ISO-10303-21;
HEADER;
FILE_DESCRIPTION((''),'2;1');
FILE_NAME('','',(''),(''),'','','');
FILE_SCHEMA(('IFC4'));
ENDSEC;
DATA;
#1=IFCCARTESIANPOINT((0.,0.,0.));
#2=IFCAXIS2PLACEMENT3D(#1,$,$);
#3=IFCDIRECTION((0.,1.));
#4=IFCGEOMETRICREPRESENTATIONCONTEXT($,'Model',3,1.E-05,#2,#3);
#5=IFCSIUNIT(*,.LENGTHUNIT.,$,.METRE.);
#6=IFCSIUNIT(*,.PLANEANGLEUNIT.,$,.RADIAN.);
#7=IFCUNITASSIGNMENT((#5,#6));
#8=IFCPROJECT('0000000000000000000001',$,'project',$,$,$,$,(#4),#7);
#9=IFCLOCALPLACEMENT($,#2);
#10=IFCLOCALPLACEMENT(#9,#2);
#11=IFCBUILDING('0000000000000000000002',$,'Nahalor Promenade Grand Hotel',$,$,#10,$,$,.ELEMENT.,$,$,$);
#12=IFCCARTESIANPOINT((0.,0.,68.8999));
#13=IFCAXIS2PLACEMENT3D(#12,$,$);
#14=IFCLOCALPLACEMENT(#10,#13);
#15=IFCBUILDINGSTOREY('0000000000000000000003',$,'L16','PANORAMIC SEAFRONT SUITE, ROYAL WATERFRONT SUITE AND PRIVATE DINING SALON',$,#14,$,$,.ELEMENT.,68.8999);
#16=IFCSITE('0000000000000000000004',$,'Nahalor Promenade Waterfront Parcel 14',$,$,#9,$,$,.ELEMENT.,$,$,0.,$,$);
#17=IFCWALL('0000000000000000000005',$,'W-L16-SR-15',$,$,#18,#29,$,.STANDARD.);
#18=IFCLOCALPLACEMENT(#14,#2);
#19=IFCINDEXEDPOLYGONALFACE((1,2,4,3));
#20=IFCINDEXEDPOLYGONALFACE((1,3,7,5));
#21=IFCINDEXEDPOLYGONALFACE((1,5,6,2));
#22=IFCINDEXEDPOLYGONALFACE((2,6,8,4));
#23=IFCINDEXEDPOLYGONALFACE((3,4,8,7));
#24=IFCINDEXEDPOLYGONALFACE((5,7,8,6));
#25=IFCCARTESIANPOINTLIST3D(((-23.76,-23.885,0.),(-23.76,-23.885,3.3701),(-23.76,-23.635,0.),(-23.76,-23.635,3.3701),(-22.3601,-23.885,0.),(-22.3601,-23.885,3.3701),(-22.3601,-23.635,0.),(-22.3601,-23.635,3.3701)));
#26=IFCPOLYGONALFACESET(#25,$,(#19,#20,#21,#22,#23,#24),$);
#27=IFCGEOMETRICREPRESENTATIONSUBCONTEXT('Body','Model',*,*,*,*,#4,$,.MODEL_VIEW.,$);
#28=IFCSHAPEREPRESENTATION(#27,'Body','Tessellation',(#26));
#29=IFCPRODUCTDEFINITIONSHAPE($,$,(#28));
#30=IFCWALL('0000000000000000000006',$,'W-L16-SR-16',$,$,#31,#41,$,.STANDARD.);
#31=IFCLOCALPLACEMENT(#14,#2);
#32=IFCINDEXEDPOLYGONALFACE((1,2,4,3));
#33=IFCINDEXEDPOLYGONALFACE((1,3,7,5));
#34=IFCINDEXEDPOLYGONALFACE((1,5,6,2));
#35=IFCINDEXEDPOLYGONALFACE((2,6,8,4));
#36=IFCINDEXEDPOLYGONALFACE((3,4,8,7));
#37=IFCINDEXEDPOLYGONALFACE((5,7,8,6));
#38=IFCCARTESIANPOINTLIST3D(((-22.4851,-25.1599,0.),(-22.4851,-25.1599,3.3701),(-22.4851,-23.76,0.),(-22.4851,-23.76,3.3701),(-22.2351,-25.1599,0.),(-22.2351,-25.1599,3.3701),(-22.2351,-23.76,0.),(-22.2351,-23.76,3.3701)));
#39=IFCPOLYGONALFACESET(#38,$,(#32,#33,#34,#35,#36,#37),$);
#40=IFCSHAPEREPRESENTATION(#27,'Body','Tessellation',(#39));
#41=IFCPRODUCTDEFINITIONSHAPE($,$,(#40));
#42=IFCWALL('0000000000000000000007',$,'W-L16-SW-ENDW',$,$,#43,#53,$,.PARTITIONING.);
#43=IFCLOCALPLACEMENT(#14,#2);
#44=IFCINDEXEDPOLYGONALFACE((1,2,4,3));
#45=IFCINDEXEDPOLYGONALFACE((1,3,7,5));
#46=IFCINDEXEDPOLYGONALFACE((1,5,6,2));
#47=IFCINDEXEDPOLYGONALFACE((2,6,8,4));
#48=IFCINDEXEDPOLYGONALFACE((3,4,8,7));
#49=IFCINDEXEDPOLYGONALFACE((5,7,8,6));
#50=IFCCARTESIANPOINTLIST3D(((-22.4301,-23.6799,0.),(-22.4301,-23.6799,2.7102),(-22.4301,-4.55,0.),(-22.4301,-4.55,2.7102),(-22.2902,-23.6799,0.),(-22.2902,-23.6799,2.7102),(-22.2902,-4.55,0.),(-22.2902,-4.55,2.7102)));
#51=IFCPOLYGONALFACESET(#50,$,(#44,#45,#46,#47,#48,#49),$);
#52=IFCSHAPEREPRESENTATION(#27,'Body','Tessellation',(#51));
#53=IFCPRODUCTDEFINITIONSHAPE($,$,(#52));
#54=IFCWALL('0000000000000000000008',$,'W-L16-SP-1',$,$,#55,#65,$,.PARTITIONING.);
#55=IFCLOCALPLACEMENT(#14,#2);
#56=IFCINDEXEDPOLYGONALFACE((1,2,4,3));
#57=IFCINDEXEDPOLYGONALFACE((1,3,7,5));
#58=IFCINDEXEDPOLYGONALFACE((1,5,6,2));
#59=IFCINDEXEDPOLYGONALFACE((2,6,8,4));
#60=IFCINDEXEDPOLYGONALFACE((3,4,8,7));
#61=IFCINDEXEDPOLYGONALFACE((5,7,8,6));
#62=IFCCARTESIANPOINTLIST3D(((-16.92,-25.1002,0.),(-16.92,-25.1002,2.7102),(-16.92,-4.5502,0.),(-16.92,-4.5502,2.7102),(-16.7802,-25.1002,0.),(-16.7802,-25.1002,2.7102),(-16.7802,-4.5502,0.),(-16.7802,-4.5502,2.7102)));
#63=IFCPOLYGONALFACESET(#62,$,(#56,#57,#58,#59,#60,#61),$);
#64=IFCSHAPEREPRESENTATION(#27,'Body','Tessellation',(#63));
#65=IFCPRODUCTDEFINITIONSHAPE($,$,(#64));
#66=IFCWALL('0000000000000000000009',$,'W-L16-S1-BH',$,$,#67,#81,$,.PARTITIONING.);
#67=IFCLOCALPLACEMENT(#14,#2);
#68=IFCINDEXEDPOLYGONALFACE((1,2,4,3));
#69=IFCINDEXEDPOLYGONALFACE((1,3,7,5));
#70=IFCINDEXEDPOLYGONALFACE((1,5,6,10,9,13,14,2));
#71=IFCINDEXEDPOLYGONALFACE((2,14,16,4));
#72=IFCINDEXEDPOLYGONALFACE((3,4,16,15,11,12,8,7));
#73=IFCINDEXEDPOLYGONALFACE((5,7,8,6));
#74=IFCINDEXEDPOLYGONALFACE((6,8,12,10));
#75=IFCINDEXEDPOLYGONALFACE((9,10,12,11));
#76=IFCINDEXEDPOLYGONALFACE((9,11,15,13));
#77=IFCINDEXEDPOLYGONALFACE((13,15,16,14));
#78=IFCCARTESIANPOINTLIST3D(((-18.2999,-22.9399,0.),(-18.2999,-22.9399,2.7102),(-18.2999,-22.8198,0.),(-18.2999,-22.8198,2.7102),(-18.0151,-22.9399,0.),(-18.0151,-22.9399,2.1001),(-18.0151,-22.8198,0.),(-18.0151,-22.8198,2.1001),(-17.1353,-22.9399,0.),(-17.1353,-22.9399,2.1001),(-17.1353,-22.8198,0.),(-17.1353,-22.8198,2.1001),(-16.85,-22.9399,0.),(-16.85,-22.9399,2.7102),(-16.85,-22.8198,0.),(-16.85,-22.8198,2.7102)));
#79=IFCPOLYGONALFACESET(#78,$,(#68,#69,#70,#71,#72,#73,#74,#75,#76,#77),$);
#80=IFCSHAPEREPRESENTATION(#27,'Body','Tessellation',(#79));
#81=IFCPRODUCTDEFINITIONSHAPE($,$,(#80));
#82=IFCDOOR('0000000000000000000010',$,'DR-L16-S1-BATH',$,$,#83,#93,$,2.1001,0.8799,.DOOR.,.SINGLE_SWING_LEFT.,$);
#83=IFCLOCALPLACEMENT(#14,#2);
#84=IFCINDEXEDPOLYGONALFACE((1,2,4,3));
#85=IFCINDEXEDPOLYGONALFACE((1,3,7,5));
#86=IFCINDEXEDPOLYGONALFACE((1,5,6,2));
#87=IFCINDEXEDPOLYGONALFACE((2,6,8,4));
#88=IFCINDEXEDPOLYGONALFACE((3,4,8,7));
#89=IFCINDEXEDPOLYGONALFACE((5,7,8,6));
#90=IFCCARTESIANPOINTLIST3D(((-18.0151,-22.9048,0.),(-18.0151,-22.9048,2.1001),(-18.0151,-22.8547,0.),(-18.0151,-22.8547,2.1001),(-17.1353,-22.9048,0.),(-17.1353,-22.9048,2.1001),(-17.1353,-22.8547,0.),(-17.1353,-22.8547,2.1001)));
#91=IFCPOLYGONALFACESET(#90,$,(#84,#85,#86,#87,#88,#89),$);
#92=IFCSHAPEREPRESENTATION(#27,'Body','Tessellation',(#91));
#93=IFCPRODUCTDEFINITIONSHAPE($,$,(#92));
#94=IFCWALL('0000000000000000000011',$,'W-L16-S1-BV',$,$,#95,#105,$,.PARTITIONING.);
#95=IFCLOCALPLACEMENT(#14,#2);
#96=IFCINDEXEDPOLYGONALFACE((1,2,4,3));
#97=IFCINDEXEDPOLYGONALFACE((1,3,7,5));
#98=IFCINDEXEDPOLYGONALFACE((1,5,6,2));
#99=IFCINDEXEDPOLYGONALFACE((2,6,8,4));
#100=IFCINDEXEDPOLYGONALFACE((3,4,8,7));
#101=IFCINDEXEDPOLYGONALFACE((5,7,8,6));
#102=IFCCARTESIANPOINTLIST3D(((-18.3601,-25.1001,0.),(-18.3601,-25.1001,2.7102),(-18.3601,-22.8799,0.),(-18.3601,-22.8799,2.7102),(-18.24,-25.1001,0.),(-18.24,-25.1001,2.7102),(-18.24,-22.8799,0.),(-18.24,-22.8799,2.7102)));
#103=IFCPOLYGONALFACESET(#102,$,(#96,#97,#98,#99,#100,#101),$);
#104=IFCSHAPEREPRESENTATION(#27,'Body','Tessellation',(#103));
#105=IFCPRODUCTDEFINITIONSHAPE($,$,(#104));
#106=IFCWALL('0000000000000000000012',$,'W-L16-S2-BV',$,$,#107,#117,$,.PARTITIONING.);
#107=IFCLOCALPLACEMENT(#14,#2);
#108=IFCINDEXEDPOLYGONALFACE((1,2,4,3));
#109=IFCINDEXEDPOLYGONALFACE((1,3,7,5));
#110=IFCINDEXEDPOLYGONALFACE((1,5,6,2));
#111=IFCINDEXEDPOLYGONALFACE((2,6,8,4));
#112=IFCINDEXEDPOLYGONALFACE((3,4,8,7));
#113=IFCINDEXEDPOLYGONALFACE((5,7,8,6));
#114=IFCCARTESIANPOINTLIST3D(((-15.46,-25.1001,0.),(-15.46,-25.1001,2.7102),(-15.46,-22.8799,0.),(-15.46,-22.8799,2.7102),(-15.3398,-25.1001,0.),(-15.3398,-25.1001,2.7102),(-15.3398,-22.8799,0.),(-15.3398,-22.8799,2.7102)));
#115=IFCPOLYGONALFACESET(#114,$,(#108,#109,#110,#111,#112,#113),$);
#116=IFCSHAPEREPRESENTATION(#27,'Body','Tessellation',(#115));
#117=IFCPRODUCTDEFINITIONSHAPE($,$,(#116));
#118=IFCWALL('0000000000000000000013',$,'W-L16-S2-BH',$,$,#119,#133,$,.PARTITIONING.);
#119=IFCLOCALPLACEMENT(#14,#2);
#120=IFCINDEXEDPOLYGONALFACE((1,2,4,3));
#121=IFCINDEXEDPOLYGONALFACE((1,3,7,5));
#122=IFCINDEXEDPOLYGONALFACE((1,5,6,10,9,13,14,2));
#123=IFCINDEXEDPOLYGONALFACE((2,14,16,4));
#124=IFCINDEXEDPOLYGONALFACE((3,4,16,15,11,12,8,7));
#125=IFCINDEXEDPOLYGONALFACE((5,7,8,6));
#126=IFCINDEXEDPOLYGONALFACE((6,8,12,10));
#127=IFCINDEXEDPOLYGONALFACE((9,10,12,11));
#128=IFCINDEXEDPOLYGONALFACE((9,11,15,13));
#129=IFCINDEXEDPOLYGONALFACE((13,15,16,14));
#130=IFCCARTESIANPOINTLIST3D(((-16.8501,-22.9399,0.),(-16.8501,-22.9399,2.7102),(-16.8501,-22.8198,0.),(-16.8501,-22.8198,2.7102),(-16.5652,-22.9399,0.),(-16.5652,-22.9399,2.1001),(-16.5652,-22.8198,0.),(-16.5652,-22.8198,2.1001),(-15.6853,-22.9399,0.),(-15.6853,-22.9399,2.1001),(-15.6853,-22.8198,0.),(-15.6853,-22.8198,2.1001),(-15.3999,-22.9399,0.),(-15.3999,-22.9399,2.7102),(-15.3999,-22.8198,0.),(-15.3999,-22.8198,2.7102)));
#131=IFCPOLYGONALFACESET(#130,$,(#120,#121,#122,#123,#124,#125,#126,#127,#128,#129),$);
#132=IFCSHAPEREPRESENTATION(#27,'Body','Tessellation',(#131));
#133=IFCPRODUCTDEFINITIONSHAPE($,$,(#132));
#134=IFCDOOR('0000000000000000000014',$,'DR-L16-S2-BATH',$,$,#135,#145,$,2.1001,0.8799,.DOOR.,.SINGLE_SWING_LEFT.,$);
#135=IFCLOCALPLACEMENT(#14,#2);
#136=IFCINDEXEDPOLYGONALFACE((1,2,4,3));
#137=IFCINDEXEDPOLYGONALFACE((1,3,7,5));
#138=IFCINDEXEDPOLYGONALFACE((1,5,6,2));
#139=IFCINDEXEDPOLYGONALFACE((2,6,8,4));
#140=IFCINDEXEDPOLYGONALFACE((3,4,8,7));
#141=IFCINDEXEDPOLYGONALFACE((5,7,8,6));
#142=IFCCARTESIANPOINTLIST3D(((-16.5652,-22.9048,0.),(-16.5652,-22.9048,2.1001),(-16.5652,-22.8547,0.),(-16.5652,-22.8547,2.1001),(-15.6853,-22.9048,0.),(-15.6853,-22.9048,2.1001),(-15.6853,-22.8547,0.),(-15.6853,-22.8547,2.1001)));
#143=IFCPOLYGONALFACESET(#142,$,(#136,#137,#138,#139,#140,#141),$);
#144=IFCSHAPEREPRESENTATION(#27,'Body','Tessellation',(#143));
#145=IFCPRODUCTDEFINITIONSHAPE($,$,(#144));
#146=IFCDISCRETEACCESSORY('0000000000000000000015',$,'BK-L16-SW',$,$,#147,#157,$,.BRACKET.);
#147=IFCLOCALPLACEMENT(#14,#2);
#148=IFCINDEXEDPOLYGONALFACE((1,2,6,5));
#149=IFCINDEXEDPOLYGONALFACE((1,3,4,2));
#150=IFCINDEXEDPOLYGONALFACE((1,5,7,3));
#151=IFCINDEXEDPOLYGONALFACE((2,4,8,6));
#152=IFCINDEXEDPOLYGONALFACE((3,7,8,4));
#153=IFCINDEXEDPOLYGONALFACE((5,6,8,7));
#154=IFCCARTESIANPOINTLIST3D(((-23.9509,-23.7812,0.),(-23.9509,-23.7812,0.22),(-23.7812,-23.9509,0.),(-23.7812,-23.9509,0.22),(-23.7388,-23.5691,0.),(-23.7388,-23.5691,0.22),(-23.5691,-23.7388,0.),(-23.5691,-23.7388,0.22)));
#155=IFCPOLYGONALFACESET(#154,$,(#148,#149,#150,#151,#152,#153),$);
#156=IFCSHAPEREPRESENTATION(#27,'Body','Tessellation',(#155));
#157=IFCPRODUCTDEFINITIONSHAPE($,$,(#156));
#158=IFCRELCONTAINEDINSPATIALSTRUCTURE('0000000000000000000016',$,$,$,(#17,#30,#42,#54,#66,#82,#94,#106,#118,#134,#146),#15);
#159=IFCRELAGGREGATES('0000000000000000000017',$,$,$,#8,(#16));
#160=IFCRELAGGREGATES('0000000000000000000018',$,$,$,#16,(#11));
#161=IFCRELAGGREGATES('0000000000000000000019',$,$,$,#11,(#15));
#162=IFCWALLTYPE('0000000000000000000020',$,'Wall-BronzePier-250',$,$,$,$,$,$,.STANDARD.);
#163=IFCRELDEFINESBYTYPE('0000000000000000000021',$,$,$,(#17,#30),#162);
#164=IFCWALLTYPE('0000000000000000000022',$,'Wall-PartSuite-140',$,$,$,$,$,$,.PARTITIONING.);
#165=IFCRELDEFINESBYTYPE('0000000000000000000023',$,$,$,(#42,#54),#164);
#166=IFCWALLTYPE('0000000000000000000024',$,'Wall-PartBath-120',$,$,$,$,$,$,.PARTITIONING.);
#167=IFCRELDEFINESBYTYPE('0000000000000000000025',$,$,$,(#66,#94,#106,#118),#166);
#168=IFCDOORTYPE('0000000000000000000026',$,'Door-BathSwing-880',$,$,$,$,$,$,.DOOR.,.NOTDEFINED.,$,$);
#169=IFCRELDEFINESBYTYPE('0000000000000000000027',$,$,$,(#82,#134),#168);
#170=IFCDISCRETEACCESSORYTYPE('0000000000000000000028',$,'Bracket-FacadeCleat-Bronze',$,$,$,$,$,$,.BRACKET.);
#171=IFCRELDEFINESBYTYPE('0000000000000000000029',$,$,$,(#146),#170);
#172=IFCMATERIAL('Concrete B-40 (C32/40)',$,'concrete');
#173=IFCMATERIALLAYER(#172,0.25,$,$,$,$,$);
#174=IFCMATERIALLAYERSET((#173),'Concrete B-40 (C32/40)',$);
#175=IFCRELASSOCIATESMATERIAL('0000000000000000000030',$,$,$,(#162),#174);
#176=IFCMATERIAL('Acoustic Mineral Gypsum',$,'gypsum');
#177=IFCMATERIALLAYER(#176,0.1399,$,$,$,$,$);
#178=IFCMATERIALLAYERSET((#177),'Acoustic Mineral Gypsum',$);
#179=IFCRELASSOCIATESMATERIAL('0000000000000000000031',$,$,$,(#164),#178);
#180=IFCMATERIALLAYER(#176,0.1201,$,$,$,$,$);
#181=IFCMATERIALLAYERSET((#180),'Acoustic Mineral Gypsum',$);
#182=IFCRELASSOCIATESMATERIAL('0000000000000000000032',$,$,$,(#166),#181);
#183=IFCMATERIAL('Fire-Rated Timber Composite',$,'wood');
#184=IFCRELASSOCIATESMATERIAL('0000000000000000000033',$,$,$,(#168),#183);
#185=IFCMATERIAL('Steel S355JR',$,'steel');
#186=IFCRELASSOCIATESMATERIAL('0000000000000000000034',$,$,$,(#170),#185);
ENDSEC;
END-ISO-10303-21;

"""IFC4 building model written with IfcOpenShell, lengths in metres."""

from ifc_helpers import new_model, si_unit, direction, frame, frame_2d, origin, origin_2d, place, context, subcontext, project, spatial, rectangle, extrude, source, transform, mapped, material, layer, layer_set, type_object, element, fill, save


model = new_model("IFC4")

# Units and contexts
model_context = context("Model", 3, precision=1e-05, world=origin(), true_north=direction((0.0, 1.0)))
body_context = subcontext(model_context, "Body", "Model", "MODEL_VIEW")
ifc_project = project(units=[si_unit("LENGTHUNIT", "METRE"), si_unit("PLANEANGLEUNIT", "RADIAN")], contexts=[model_context])

# Site, building, storey
site_placement = place(None, origin())
site = spatial("IfcSite", under=ifc_project, at=site_placement, Name="Nahalor Promenade Waterfront Parcel 14", CompositionType="ELEMENT", RefElevation=0.0)
building_placement = place(site_placement, origin())
building = spatial("IfcBuilding", under=site, at=building_placement, Name="Nahalor Promenade Grand Hotel", CompositionType="ELEMENT")
storey_placement = place(building_placement, frame((0.0, 0.0, 68.8999)))
storey = spatial("IfcBuildingStorey", under=building, at=storey_placement, Name="L16", Description="PANORAMIC SEAFRONT SUITE, ROYAL WATERFRONT SUITE AND PRIVATE DINING SALON", CompositionType="ELEMENT", Elevation=68.8999)

# Shared definitions
ifc_material_1 = material(Name="Steel S355JR", Category="steel")

# Walls
ifc_material_2 = material(Name="Concrete B-40 (C32/40)", Category="concrete")
ifc_layer_1 = layer(ifc_material_2, 0.25)
ifc_layer_set_1 = layer_set([ifc_layer_1], Name="Concrete B-40 (C32/40)")
wall_type_1 = type_object("IfcWallType", Name="Wall-BronzePier-250", PredefinedType="STANDARD", material=ifc_layer_set_1)
shared_shape_1 = source(origin(), body_context, "Body", "SweptSolid", [
    extrude(rectangle(XDim=1.3999, YDim=0.25, at=frame_2d((0.7, 0.0))), origin(), (0.0, 0.0, 1.0), 3.3701),
])
for number, where, z_axis, x_axis, name in (
    (1, (-23.76, -23.76, 0.0), (0.0, 0.0, 1.0), (1.0, 0.0, 0.0), "W-L16-SR-15"),
    (2, (-22.3601, -25.1599, 0.0), (0.0, 0.0, 1.0), (0.0, 1.0, 0.0), "W-L16-SR-16"),
):
    element("IfcWall", number, at=place(storey_placement, frame(where, z_axis=z_axis, x_axis=x_axis)), inside=storey, type_object=wall_type_1, Name=name, PredefinedType="STANDARD", context=body_context, shape_type="MappedRepresentation", body=[
        mapped(shared_shape_1, transform((0.0, 0.0, 0.0), scale=1.0)),
    ])
ifc_material_3 = material(Name="Acoustic Mineral Gypsum", Category="gypsum")
ifc_layer_2 = layer(ifc_material_3, 0.1399)
ifc_layer_set_2 = layer_set([ifc_layer_2], Name="Acoustic Mineral Gypsum")
wall_type_2 = type_object("IfcWallType", Name="Wall-PartSuite-140", PredefinedType="PARTITIONING", material=ifc_layer_set_2)
shared_shape_2 = source(origin(), body_context, "Body", "SweptSolid", [
    extrude(rectangle(XDim=19.1299, YDim=0.1399, at=frame_2d((9.5649, 0.0))), origin(), (0.0, 0.0, 1.0), 2.7102),
])
wall_1_placement = place(storey_placement, frame((-22.3601, -23.6799, 0.0), z_axis=(0.0, 0.0, 1.0), x_axis=(0.0, 1.0, 0.0)))
element("IfcWall", 3, at=wall_1_placement, inside=storey, type_object=wall_type_2, Name="W-L16-SW-ENDW", PredefinedType="PARTITIONING", context=body_context, shape_type="MappedRepresentation", body=[
    mapped(shared_shape_2, transform((0.0, 0.0, 0.0), scale=1.0)),
])
shared_shape_3 = source(origin(), body_context, "Body", "SweptSolid", [
    extrude(rectangle(XDim=20.55, YDim=0.1399, at=frame_2d((10.2749, 0.0))), origin(), (0.0, 0.0, 1.0), 2.7102),
])
wall_2_placement = place(storey_placement, frame((-16.8501, -25.1001, 0.0), z_axis=(0.0, 0.0, 1.0), x_axis=(0.0, 1.0, 0.0)))
element("IfcWall", 4, at=wall_2_placement, inside=storey, type_object=wall_type_2, Name="W-L16-SP-1", PredefinedType="PARTITIONING", context=body_context, shape_type="MappedRepresentation", body=[
    mapped(shared_shape_3, transform((0.0, 0.0, 0.0), scale=1.0)),
])

# Wall, opening, door
ifc_layer_3 = layer(ifc_material_3, 0.1201)
ifc_layer_set_3 = layer_set([ifc_layer_3], Name="Acoustic Mineral Gypsum")
wall_type_3 = type_object("IfcWallType", Name="Wall-PartBath-120", PredefinedType="PARTITIONING", material=ifc_layer_set_3)
shared_shape_4 = source(origin(), body_context, "Body", "SweptSolid", [
    extrude(rectangle(XDim=1.45, YDim=0.1201, at=frame_2d((0.7251, 0.0))), origin(), (0.0, 0.0, 1.0), 2.7102),
])
wall_3_placement = place(storey_placement, frame((-18.3, -22.8799, 0.0), z_axis=(0.0, 0.0, 1.0), x_axis=(1.0, 0.0, 0.0)))
wall_3 = element("IfcWall", 5, at=wall_3_placement, inside=storey, type_object=wall_type_3, Name="W-L16-S1-BH", PredefinedType="PARTITIONING", context=body_context, shape_type="MappedRepresentation", body=[
    mapped(shared_shape_4, transform((0.0, 0.0, 0.0), scale=1.0)),
])
opening_1_placement = place(wall_3_placement, frame((0.2849, 0.0, 0.0)))
opening_1 = element("IfcOpeningElement", 6, at=opening_1_placement, cuts=wall_3, PredefinedType="OPENING", context=body_context, shape_type="SweptSolid", body=[
    extrude(rectangle(XDim=0.8799, YDim=2.1001, at=frame_2d((0.4399, 1.05))), frame((0.0, 0.0701, 0.0), z_axis=(0.0, -1.0, 0.0), x_axis=(1.0, 0.0, 0.0)), (0.0, 0.0, 1.0), 0.1401),
])
ifc_material_4 = material(Name="Fire-Rated Timber Composite", Category="wood")
door_type = type_object("IfcDoorType", Name="Door-BathSwing-880", OperationType="NOTDEFINED", PredefinedType="DOOR", material=ifc_material_4)
shared_shape_5 = source(origin(), body_context, "Body", "SweptSolid", [
    extrude(rectangle(XDim=0.8799, YDim=2.1001, at=frame_2d((0.4399, 1.05))), frame((0.0, 0.0249, 0.0), z_axis=(0.0, -1.0, 0.0), x_axis=(1.0, 0.0, 0.0)), (0.0, 0.0, 1.0), 0.05),
])
door_1_placement = place(opening_1_placement, frame((0.8799, 0.0, 0.0), z_axis=(0.0, 0.0, 1.0), x_axis=(-1.0, 0.0, 0.0)))
door_1 = element("IfcDoor", 7, at=door_1_placement, inside=storey, type_object=door_type, Name="DR-L16-S1-BATH", OperationType="SINGLE_SWING_LEFT", OverallHeight=2.1001, OverallWidth=0.8799, PredefinedType="DOOR", context=body_context, shape_type="MappedRepresentation", body=[
    mapped(shared_shape_5, transform((0.0, 0.0, 0.0), scale=1.0)),
])
fill(opening_1, door_1)

# Walls
shared_shape_6 = source(origin(), body_context, "Body", "SweptSolid", [
    extrude(rectangle(XDim=2.2202, YDim=0.1201, at=frame_2d((1.1101, 0.0))), origin(), (0.0, 0.0, 1.0), 2.7102),
])
for number, where, z_axis, x_axis, name in (
    (8, (-18.3, -25.1001, 0.0), (0.0, 0.0, 1.0), (0.0, 1.0, 0.0), "W-L16-S1-BV"),
    (9, (-15.3999, -25.1001, 0.0), (0.0, 0.0, 1.0), (0.0, 1.0, 0.0), "W-L16-S2-BV"),
):
    element("IfcWall", number, at=place(storey_placement, frame(where, z_axis=z_axis, x_axis=x_axis)), inside=storey, type_object=wall_type_3, Name=name, PredefinedType="PARTITIONING", context=body_context, shape_type="MappedRepresentation", body=[
        mapped(shared_shape_6, transform((0.0, 0.0, 0.0), scale=1.0)),
    ])

# Wall, opening, door
shared_shape_7 = source(origin(), body_context, "Body", "SweptSolid", [
    extrude(rectangle(XDim=1.4502, YDim=0.1201, at=frame_2d((0.7251, 0.0))), origin(), (0.0, 0.0, 1.0), 2.7102),
])
wall_4_placement = place(storey_placement, frame((-16.8501, -22.8799, 0.0), z_axis=(0.0, 0.0, 1.0), x_axis=(1.0, 0.0, 0.0)))
wall_4 = element("IfcWall", 10, at=wall_4_placement, inside=storey, type_object=wall_type_3, Name="W-L16-S2-BH", PredefinedType="PARTITIONING", context=body_context, shape_type="MappedRepresentation", body=[
    mapped(shared_shape_7, transform((0.0, 0.0, 0.0), scale=1.0)),
])
opening_2_placement = place(wall_4_placement, frame((0.2849, 0.0, 0.0)))
opening_2 = element("IfcOpeningElement", 11, at=opening_2_placement, cuts=wall_4, PredefinedType="OPENING", context=body_context, shape_type="SweptSolid", body=[
    extrude(rectangle(XDim=0.8799, YDim=2.1001, at=frame_2d((0.4399, 1.05))), frame((0.0, 0.0701, 0.0), z_axis=(0.0, -1.0, 0.0), x_axis=(1.0, 0.0, 0.0)), (0.0, 0.0, 1.0), 0.1401),
])
door_2_placement = place(opening_2_placement, frame((0.8799, 0.0, 0.0), z_axis=(0.0, 0.0, 1.0), x_axis=(-1.0, 0.0, 0.0)))
door_2 = element("IfcDoor", 12, at=door_2_placement, inside=storey, type_object=door_type, Name="DR-L16-S2-BATH", OperationType="SINGLE_SWING_LEFT", OverallHeight=2.1001, OverallWidth=0.8799, PredefinedType="DOOR", context=body_context, shape_type="MappedRepresentation", body=[
    mapped(shared_shape_5, transform((0.0, 0.0, 0.0), scale=1.0)),
])
fill(opening_2, door_2)

# Discrete accessory
discrete_accessory_type = type_object("IfcDiscreteAccessoryType", Name="Bracket-FacadeCleat-Bronze", PredefinedType="BRACKET", material=ifc_material_1)
shared_shape_8 = source(origin(), body_context, "Body", "SweptSolid", [
    extrude(rectangle(XDim=0.3, YDim=0.24, at=origin_2d()), origin(), (0.0, 0.0, 1.0), 0.22),
])
discrete_accessory_placement = place(storey_placement, frame((-23.76, -23.76, 0.0), z_axis=(0.0, 0.0, 1.0), x_axis=(0.707107, 0.707107, 0.0)))
element("IfcDiscreteAccessory", 13, at=discrete_accessory_placement, inside=storey, type_object=discrete_accessory_type, Name="BK-L16-SW", PredefinedType="BRACKET", context=body_context, shape_type="MappedRepresentation", body=[
    mapped(shared_shape_8, transform((0.0, 0.0, 0.0), scale=1.0)),
])

save(model, "model.ifc")
